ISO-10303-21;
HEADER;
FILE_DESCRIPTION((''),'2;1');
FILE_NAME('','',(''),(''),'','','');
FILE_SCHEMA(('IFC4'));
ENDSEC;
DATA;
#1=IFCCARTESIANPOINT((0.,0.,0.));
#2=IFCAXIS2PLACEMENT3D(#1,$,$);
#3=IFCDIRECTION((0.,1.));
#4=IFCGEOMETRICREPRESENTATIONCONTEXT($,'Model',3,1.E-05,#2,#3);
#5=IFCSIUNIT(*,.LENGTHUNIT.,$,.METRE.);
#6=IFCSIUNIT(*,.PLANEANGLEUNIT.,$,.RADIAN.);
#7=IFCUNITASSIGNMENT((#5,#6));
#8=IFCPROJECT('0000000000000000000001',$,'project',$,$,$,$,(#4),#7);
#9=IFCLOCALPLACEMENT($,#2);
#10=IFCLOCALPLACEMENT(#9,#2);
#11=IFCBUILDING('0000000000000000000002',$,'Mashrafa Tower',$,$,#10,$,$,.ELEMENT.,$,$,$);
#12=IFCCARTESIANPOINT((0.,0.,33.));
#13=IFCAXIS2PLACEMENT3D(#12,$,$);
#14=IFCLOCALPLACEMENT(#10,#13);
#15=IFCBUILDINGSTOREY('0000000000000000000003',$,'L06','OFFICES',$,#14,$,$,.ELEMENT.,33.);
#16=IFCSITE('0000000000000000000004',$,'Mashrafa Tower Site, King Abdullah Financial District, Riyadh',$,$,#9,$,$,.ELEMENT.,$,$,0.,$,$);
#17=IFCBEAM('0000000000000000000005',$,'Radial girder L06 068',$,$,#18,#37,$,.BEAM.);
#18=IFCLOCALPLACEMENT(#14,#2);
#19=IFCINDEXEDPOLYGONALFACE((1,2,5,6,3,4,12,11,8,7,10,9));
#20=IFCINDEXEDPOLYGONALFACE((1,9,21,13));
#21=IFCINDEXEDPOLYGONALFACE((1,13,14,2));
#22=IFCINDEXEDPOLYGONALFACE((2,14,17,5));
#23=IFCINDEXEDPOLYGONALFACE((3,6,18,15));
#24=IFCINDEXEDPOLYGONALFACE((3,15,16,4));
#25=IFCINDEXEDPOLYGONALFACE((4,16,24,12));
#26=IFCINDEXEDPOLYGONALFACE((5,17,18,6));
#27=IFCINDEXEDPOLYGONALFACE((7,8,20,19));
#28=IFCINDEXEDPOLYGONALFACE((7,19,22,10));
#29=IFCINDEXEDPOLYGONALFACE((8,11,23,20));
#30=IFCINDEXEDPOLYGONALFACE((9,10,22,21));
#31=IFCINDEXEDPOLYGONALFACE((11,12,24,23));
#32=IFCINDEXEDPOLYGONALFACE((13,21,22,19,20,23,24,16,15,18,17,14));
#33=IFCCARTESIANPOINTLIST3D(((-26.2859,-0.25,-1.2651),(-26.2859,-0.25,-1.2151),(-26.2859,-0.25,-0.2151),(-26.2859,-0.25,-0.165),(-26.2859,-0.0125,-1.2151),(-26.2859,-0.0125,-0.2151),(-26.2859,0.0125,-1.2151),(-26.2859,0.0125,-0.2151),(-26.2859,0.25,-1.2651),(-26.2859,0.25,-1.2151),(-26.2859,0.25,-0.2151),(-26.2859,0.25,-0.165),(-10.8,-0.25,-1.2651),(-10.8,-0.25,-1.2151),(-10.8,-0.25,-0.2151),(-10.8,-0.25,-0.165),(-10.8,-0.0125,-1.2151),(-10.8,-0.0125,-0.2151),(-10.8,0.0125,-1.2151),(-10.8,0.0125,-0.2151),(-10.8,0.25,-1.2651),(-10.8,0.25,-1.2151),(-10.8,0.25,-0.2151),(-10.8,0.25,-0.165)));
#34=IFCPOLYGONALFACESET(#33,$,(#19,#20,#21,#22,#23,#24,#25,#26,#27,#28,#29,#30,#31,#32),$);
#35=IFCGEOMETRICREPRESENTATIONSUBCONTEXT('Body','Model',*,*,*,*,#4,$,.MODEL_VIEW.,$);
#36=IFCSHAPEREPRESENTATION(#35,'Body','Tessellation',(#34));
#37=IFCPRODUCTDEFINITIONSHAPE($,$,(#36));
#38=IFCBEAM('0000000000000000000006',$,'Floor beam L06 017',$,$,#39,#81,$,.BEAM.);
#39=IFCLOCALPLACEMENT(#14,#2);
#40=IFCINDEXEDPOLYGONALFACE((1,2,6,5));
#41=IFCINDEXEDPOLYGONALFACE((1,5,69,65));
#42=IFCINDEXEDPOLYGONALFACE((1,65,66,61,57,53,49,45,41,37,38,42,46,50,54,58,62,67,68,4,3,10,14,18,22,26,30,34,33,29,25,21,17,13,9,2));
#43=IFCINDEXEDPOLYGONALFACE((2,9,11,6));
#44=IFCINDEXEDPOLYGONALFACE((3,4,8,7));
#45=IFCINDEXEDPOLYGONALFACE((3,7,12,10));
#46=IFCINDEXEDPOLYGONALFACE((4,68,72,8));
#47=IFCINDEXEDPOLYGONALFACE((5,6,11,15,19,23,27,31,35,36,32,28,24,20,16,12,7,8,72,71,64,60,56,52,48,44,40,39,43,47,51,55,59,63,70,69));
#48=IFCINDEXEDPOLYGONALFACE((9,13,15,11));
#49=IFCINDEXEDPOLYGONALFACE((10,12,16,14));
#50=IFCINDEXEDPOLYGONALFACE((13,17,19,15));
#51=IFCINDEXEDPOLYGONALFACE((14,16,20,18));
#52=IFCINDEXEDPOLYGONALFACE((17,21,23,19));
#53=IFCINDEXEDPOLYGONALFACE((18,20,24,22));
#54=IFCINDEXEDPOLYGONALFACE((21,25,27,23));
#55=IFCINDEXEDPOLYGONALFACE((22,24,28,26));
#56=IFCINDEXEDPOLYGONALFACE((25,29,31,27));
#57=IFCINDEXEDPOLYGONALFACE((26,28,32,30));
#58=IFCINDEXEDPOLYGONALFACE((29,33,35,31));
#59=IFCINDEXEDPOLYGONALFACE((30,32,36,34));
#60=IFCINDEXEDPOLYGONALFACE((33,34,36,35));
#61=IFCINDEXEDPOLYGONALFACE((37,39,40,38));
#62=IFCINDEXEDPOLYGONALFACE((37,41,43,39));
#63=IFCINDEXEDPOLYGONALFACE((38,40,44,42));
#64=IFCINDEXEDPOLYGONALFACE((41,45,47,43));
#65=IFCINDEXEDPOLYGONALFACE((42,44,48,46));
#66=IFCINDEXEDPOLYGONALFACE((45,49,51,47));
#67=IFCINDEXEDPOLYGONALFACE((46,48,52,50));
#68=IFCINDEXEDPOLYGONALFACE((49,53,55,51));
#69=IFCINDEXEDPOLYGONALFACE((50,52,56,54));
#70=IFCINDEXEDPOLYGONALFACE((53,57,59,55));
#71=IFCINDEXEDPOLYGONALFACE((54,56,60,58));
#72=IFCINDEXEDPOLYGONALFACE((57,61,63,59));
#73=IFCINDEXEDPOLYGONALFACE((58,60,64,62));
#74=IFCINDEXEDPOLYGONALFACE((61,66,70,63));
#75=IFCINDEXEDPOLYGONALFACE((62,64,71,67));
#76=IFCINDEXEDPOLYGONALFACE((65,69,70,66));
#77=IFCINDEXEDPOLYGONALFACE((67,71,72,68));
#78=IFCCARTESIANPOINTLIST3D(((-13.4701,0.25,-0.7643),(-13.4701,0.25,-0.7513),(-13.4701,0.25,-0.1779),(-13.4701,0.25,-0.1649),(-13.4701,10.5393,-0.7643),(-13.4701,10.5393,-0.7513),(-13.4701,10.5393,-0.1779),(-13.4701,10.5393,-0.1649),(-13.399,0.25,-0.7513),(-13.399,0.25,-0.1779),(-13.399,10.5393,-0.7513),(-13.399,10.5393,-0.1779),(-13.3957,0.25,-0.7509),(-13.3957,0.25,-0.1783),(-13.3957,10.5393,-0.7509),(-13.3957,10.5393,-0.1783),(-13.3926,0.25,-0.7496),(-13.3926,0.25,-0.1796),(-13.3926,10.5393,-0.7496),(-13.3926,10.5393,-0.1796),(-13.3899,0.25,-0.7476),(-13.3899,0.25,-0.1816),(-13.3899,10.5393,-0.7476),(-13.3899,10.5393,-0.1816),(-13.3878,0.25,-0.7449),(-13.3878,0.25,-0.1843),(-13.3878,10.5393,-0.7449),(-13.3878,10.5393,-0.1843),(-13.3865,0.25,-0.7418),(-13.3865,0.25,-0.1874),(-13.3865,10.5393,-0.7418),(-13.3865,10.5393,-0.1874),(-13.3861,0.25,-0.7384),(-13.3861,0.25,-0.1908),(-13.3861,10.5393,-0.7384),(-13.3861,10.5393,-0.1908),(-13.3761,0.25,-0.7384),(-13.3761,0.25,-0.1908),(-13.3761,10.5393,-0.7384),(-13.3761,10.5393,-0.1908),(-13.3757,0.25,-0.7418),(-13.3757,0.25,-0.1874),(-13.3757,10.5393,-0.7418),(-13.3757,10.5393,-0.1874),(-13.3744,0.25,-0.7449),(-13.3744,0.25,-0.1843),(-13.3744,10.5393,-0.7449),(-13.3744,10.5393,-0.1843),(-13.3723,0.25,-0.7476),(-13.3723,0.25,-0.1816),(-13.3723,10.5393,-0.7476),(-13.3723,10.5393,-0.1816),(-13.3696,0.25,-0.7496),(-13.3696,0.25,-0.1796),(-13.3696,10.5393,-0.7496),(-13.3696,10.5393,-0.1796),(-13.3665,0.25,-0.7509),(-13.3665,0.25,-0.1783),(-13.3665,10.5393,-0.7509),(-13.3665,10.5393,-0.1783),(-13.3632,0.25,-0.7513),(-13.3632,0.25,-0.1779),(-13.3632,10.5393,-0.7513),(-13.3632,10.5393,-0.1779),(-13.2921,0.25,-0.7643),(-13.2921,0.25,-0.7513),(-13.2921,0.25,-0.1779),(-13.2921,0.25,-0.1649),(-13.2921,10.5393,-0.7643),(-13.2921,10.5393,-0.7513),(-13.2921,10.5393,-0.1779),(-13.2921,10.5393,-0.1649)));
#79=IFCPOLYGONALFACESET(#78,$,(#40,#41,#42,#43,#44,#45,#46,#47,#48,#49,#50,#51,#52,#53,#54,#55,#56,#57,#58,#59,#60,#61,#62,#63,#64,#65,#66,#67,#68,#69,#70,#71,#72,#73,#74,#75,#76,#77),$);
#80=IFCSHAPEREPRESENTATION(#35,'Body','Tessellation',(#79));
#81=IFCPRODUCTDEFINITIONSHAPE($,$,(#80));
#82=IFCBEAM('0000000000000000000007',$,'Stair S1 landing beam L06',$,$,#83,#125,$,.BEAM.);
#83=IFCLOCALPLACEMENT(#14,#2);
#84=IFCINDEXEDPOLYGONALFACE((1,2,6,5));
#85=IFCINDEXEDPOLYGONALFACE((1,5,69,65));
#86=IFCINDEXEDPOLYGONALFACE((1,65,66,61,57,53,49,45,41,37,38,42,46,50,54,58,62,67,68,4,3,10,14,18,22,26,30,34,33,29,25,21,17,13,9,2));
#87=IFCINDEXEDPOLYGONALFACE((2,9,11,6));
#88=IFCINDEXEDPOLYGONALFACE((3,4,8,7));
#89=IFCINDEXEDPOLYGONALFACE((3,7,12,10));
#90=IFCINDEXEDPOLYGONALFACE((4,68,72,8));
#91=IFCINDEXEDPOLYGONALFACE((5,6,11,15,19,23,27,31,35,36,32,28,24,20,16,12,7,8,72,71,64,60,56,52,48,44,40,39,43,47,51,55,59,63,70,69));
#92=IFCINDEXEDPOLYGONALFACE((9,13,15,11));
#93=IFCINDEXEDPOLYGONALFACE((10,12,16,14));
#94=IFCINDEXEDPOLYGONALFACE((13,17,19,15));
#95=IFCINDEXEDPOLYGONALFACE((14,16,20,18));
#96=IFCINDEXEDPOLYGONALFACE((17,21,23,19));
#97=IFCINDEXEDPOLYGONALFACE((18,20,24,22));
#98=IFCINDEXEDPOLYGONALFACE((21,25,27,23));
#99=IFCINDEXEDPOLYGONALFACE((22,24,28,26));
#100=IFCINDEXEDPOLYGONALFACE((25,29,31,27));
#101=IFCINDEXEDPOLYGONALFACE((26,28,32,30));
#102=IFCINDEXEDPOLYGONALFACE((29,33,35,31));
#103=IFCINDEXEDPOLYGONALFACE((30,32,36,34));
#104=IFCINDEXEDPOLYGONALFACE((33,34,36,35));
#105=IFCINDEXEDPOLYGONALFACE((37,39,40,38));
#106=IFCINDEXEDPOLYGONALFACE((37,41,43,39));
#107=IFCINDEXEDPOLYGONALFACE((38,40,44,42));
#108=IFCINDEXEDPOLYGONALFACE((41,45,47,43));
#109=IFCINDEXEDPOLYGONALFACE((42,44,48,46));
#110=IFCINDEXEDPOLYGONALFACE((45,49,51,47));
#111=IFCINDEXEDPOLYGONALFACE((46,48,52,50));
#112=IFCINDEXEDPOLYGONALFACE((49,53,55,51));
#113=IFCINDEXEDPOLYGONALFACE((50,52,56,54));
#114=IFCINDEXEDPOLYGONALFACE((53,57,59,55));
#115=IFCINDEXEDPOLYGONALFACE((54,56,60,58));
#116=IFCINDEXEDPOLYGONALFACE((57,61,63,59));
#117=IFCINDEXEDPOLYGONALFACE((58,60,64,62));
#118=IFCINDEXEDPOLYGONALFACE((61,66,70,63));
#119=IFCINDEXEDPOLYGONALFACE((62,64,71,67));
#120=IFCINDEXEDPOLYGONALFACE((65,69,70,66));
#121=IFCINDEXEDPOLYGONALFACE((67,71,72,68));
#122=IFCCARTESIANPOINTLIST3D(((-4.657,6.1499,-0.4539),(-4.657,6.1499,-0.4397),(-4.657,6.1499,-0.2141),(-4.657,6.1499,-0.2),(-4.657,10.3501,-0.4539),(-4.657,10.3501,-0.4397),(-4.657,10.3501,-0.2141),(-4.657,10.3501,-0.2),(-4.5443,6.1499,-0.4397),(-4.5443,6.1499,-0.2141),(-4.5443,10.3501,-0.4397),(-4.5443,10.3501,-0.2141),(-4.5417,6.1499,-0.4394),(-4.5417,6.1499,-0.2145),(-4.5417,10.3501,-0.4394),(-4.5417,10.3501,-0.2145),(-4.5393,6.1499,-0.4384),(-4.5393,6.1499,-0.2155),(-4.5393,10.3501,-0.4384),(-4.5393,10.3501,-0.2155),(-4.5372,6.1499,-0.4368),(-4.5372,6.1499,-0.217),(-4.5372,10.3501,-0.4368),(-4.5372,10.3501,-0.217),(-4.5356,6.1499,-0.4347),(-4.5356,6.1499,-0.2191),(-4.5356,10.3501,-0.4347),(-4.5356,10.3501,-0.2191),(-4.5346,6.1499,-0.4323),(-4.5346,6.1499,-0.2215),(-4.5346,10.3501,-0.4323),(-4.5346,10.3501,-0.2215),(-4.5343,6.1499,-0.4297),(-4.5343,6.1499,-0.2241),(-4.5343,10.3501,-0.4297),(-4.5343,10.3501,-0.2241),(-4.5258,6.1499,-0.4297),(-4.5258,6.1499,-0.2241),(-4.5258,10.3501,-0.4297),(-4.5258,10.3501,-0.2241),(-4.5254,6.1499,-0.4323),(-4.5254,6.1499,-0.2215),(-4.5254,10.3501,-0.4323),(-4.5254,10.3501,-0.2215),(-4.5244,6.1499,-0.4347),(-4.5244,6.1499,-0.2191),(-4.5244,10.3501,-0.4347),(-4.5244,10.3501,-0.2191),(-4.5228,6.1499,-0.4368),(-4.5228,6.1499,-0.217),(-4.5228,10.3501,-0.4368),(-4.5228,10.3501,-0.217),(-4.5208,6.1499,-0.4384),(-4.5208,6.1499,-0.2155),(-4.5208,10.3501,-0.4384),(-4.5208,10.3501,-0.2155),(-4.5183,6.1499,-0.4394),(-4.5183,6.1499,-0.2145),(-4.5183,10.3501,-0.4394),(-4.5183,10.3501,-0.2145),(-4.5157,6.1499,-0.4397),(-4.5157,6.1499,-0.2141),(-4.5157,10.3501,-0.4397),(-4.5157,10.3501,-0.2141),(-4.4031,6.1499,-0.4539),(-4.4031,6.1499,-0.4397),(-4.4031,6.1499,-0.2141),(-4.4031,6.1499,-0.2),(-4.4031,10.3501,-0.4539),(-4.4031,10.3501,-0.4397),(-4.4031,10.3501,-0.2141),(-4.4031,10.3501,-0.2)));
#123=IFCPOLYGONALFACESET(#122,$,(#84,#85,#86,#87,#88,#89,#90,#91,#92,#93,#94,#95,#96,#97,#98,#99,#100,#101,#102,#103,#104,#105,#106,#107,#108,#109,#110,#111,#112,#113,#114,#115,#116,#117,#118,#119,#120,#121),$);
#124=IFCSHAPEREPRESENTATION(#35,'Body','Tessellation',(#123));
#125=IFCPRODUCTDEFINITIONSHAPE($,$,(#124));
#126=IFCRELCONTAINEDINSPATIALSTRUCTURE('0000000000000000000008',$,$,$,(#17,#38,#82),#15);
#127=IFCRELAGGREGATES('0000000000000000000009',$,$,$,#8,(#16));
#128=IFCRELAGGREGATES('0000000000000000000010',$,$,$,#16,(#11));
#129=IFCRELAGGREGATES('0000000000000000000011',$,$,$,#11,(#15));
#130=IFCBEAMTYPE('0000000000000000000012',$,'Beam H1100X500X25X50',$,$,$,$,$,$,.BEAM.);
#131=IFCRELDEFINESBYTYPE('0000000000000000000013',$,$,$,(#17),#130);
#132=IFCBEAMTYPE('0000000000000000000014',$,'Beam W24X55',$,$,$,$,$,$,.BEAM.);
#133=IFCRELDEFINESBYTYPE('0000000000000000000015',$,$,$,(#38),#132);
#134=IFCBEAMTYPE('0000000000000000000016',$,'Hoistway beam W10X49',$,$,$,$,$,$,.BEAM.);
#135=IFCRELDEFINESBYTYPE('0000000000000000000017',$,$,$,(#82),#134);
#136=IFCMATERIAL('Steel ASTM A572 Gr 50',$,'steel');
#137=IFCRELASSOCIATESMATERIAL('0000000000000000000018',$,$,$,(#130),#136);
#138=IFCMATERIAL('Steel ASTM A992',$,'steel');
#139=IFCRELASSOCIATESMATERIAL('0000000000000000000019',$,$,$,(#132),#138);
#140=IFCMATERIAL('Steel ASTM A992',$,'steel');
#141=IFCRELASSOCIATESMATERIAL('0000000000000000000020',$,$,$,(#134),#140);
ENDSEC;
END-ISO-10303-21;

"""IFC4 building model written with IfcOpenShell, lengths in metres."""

from ifc_helpers import new_model, si_unit, direction, frame, origin, origin_2d, place, context, subcontext, project, spatial, i_section, extrude, material, material_profile, profile_set, type_object, element, save


model = new_model("IFC4")

# Units and contexts
model_context = context("Model", 3, precision=1e-05, world=origin(), true_north=direction((0.0, 1.0)))
body_context = subcontext(model_context, "Body", "Model", "MODEL_VIEW")
ifc_project = project(units=[si_unit("LENGTHUNIT", "METRE"), si_unit("PLANEANGLEUNIT", "RADIAN")], contexts=[model_context])

# Site, building, storey
site_placement = place(None, origin())
site = spatial("IfcSite", under=ifc_project, at=site_placement, Name="Mashrafa Tower Site, King Abdullah Financial District, Riyadh", CompositionType="ELEMENT", RefElevation=0.0)
building_placement = place(site_placement, origin())
building = spatial("IfcBuilding", under=site, at=building_placement, Name="Mashrafa Tower", CompositionType="ELEMENT")
storey_placement = place(building_placement, frame((0.0, 0.0, 33.0)))
storey = spatial("IfcBuildingStorey", under=building, at=storey_placement, Name="L06", Description="OFFICES", CompositionType="ELEMENT", Elevation=33.0)

# Beams
ifc_material_1 = material(Name="Steel ASTM A572 Gr 50", Category="steel")
ifc_material_profile_1 = material_profile(ifc_material_1, i_section(OverallWidth=0.5, OverallDepth=1.1001, WebThickness=0.0249, FlangeThickness=0.05, at=origin_2d()), Name="H1100X500X25X50")
ifc_profile_set_1 = profile_set([ifc_material_profile_1], Name="Steel ASTM A572 Gr 50")
beam_type_1 = type_object("IfcBeamType", Name="Beam H1100X500X25X50", PredefinedType="BEAM", material=ifc_profile_set_1)
beam_1_placement = place(storey_placement, frame((-10.8, 0.0, -0.7151), z_axis=(-1.0, 0.0, 0.0), x_axis=(0.0, -1.0, 0.0)))
element("IfcBeam", 1, at=beam_1_placement, inside=storey, type_object=beam_type_1, Name="Radial girder L06 068", PredefinedType="BEAM", context=body_context, shape_type="SweptSolid", body=[
    extrude(i_section(OverallWidth=0.5, OverallDepth=1.1001, WebThickness=0.0249, FlangeThickness=0.05, at=origin_2d()), origin(), (0.0, 0.0, 1.0), 15.4858),
])
ifc_material_2 = material(Name="Steel ASTM A992", Category="steel")
ifc_material_profile_2 = material_profile(ifc_material_2, i_section(OverallWidth=0.178, OverallDepth=0.5994, WebThickness=0.01, FlangeThickness=0.0129, FilletRadius=0.0129, at=origin_2d()), Name="W24X55")
ifc_profile_set_2 = profile_set([ifc_material_profile_2], Name="Steel ASTM A992")
beam_type_2 = type_object("IfcBeamType", Name="Beam W24X55", PredefinedType="BEAM", material=ifc_profile_set_2)
beam_2_placement = place(storey_placement, frame((-13.3811, 0.25, -0.4646), z_axis=(0.0, 1.0, 0.0), x_axis=(-1.0, 0.0, 0.0)))
element("IfcBeam", 2, at=beam_2_placement, inside=storey, type_object=beam_type_2, Name="Floor beam L06 017", PredefinedType="BEAM", context=body_context, shape_type="SweptSolid", body=[
    extrude(i_section(OverallWidth=0.178, OverallDepth=0.5994, WebThickness=0.01, FlangeThickness=0.0129, FilletRadius=0.0129, at=origin_2d()), origin(), (0.0, 0.0, 1.0), 10.2893),
])
ifc_material_3 = material(Name="Steel ASTM A992", Category="steel")
ifc_material_profile_3 = material_profile(ifc_material_3, i_section(OverallWidth=0.2539, OverallDepth=0.2539, WebThickness=0.0085, FlangeThickness=0.0142, FilletRadius=0.01, at=origin_2d()), Name="W10X49")
ifc_profile_set_3 = profile_set([ifc_material_profile_3], Name="Steel ASTM A992")
beam_type_3 = type_object("IfcBeamType", Name="Hoistway beam W10X49", PredefinedType="BEAM", material=ifc_profile_set_3)
beam_3_placement = place(storey_placement, frame((-4.53, 6.1499, -0.3269), z_axis=(0.0, 1.0, 0.0), x_axis=(-1.0, 0.0, 0.0)))
element("IfcBeam", 3, at=beam_3_placement, inside=storey, type_object=beam_type_3, Name="Stair S1 landing beam L06", PredefinedType="BEAM", context=body_context, shape_type="SweptSolid", body=[
    extrude(i_section(OverallWidth=0.2539, OverallDepth=0.2539, WebThickness=0.0085, FlangeThickness=0.0142, FilletRadius=0.01, at=origin_2d()), origin(), (0.0, 0.0, 1.0), 4.2002),
])

save(model, "model.ifc")
